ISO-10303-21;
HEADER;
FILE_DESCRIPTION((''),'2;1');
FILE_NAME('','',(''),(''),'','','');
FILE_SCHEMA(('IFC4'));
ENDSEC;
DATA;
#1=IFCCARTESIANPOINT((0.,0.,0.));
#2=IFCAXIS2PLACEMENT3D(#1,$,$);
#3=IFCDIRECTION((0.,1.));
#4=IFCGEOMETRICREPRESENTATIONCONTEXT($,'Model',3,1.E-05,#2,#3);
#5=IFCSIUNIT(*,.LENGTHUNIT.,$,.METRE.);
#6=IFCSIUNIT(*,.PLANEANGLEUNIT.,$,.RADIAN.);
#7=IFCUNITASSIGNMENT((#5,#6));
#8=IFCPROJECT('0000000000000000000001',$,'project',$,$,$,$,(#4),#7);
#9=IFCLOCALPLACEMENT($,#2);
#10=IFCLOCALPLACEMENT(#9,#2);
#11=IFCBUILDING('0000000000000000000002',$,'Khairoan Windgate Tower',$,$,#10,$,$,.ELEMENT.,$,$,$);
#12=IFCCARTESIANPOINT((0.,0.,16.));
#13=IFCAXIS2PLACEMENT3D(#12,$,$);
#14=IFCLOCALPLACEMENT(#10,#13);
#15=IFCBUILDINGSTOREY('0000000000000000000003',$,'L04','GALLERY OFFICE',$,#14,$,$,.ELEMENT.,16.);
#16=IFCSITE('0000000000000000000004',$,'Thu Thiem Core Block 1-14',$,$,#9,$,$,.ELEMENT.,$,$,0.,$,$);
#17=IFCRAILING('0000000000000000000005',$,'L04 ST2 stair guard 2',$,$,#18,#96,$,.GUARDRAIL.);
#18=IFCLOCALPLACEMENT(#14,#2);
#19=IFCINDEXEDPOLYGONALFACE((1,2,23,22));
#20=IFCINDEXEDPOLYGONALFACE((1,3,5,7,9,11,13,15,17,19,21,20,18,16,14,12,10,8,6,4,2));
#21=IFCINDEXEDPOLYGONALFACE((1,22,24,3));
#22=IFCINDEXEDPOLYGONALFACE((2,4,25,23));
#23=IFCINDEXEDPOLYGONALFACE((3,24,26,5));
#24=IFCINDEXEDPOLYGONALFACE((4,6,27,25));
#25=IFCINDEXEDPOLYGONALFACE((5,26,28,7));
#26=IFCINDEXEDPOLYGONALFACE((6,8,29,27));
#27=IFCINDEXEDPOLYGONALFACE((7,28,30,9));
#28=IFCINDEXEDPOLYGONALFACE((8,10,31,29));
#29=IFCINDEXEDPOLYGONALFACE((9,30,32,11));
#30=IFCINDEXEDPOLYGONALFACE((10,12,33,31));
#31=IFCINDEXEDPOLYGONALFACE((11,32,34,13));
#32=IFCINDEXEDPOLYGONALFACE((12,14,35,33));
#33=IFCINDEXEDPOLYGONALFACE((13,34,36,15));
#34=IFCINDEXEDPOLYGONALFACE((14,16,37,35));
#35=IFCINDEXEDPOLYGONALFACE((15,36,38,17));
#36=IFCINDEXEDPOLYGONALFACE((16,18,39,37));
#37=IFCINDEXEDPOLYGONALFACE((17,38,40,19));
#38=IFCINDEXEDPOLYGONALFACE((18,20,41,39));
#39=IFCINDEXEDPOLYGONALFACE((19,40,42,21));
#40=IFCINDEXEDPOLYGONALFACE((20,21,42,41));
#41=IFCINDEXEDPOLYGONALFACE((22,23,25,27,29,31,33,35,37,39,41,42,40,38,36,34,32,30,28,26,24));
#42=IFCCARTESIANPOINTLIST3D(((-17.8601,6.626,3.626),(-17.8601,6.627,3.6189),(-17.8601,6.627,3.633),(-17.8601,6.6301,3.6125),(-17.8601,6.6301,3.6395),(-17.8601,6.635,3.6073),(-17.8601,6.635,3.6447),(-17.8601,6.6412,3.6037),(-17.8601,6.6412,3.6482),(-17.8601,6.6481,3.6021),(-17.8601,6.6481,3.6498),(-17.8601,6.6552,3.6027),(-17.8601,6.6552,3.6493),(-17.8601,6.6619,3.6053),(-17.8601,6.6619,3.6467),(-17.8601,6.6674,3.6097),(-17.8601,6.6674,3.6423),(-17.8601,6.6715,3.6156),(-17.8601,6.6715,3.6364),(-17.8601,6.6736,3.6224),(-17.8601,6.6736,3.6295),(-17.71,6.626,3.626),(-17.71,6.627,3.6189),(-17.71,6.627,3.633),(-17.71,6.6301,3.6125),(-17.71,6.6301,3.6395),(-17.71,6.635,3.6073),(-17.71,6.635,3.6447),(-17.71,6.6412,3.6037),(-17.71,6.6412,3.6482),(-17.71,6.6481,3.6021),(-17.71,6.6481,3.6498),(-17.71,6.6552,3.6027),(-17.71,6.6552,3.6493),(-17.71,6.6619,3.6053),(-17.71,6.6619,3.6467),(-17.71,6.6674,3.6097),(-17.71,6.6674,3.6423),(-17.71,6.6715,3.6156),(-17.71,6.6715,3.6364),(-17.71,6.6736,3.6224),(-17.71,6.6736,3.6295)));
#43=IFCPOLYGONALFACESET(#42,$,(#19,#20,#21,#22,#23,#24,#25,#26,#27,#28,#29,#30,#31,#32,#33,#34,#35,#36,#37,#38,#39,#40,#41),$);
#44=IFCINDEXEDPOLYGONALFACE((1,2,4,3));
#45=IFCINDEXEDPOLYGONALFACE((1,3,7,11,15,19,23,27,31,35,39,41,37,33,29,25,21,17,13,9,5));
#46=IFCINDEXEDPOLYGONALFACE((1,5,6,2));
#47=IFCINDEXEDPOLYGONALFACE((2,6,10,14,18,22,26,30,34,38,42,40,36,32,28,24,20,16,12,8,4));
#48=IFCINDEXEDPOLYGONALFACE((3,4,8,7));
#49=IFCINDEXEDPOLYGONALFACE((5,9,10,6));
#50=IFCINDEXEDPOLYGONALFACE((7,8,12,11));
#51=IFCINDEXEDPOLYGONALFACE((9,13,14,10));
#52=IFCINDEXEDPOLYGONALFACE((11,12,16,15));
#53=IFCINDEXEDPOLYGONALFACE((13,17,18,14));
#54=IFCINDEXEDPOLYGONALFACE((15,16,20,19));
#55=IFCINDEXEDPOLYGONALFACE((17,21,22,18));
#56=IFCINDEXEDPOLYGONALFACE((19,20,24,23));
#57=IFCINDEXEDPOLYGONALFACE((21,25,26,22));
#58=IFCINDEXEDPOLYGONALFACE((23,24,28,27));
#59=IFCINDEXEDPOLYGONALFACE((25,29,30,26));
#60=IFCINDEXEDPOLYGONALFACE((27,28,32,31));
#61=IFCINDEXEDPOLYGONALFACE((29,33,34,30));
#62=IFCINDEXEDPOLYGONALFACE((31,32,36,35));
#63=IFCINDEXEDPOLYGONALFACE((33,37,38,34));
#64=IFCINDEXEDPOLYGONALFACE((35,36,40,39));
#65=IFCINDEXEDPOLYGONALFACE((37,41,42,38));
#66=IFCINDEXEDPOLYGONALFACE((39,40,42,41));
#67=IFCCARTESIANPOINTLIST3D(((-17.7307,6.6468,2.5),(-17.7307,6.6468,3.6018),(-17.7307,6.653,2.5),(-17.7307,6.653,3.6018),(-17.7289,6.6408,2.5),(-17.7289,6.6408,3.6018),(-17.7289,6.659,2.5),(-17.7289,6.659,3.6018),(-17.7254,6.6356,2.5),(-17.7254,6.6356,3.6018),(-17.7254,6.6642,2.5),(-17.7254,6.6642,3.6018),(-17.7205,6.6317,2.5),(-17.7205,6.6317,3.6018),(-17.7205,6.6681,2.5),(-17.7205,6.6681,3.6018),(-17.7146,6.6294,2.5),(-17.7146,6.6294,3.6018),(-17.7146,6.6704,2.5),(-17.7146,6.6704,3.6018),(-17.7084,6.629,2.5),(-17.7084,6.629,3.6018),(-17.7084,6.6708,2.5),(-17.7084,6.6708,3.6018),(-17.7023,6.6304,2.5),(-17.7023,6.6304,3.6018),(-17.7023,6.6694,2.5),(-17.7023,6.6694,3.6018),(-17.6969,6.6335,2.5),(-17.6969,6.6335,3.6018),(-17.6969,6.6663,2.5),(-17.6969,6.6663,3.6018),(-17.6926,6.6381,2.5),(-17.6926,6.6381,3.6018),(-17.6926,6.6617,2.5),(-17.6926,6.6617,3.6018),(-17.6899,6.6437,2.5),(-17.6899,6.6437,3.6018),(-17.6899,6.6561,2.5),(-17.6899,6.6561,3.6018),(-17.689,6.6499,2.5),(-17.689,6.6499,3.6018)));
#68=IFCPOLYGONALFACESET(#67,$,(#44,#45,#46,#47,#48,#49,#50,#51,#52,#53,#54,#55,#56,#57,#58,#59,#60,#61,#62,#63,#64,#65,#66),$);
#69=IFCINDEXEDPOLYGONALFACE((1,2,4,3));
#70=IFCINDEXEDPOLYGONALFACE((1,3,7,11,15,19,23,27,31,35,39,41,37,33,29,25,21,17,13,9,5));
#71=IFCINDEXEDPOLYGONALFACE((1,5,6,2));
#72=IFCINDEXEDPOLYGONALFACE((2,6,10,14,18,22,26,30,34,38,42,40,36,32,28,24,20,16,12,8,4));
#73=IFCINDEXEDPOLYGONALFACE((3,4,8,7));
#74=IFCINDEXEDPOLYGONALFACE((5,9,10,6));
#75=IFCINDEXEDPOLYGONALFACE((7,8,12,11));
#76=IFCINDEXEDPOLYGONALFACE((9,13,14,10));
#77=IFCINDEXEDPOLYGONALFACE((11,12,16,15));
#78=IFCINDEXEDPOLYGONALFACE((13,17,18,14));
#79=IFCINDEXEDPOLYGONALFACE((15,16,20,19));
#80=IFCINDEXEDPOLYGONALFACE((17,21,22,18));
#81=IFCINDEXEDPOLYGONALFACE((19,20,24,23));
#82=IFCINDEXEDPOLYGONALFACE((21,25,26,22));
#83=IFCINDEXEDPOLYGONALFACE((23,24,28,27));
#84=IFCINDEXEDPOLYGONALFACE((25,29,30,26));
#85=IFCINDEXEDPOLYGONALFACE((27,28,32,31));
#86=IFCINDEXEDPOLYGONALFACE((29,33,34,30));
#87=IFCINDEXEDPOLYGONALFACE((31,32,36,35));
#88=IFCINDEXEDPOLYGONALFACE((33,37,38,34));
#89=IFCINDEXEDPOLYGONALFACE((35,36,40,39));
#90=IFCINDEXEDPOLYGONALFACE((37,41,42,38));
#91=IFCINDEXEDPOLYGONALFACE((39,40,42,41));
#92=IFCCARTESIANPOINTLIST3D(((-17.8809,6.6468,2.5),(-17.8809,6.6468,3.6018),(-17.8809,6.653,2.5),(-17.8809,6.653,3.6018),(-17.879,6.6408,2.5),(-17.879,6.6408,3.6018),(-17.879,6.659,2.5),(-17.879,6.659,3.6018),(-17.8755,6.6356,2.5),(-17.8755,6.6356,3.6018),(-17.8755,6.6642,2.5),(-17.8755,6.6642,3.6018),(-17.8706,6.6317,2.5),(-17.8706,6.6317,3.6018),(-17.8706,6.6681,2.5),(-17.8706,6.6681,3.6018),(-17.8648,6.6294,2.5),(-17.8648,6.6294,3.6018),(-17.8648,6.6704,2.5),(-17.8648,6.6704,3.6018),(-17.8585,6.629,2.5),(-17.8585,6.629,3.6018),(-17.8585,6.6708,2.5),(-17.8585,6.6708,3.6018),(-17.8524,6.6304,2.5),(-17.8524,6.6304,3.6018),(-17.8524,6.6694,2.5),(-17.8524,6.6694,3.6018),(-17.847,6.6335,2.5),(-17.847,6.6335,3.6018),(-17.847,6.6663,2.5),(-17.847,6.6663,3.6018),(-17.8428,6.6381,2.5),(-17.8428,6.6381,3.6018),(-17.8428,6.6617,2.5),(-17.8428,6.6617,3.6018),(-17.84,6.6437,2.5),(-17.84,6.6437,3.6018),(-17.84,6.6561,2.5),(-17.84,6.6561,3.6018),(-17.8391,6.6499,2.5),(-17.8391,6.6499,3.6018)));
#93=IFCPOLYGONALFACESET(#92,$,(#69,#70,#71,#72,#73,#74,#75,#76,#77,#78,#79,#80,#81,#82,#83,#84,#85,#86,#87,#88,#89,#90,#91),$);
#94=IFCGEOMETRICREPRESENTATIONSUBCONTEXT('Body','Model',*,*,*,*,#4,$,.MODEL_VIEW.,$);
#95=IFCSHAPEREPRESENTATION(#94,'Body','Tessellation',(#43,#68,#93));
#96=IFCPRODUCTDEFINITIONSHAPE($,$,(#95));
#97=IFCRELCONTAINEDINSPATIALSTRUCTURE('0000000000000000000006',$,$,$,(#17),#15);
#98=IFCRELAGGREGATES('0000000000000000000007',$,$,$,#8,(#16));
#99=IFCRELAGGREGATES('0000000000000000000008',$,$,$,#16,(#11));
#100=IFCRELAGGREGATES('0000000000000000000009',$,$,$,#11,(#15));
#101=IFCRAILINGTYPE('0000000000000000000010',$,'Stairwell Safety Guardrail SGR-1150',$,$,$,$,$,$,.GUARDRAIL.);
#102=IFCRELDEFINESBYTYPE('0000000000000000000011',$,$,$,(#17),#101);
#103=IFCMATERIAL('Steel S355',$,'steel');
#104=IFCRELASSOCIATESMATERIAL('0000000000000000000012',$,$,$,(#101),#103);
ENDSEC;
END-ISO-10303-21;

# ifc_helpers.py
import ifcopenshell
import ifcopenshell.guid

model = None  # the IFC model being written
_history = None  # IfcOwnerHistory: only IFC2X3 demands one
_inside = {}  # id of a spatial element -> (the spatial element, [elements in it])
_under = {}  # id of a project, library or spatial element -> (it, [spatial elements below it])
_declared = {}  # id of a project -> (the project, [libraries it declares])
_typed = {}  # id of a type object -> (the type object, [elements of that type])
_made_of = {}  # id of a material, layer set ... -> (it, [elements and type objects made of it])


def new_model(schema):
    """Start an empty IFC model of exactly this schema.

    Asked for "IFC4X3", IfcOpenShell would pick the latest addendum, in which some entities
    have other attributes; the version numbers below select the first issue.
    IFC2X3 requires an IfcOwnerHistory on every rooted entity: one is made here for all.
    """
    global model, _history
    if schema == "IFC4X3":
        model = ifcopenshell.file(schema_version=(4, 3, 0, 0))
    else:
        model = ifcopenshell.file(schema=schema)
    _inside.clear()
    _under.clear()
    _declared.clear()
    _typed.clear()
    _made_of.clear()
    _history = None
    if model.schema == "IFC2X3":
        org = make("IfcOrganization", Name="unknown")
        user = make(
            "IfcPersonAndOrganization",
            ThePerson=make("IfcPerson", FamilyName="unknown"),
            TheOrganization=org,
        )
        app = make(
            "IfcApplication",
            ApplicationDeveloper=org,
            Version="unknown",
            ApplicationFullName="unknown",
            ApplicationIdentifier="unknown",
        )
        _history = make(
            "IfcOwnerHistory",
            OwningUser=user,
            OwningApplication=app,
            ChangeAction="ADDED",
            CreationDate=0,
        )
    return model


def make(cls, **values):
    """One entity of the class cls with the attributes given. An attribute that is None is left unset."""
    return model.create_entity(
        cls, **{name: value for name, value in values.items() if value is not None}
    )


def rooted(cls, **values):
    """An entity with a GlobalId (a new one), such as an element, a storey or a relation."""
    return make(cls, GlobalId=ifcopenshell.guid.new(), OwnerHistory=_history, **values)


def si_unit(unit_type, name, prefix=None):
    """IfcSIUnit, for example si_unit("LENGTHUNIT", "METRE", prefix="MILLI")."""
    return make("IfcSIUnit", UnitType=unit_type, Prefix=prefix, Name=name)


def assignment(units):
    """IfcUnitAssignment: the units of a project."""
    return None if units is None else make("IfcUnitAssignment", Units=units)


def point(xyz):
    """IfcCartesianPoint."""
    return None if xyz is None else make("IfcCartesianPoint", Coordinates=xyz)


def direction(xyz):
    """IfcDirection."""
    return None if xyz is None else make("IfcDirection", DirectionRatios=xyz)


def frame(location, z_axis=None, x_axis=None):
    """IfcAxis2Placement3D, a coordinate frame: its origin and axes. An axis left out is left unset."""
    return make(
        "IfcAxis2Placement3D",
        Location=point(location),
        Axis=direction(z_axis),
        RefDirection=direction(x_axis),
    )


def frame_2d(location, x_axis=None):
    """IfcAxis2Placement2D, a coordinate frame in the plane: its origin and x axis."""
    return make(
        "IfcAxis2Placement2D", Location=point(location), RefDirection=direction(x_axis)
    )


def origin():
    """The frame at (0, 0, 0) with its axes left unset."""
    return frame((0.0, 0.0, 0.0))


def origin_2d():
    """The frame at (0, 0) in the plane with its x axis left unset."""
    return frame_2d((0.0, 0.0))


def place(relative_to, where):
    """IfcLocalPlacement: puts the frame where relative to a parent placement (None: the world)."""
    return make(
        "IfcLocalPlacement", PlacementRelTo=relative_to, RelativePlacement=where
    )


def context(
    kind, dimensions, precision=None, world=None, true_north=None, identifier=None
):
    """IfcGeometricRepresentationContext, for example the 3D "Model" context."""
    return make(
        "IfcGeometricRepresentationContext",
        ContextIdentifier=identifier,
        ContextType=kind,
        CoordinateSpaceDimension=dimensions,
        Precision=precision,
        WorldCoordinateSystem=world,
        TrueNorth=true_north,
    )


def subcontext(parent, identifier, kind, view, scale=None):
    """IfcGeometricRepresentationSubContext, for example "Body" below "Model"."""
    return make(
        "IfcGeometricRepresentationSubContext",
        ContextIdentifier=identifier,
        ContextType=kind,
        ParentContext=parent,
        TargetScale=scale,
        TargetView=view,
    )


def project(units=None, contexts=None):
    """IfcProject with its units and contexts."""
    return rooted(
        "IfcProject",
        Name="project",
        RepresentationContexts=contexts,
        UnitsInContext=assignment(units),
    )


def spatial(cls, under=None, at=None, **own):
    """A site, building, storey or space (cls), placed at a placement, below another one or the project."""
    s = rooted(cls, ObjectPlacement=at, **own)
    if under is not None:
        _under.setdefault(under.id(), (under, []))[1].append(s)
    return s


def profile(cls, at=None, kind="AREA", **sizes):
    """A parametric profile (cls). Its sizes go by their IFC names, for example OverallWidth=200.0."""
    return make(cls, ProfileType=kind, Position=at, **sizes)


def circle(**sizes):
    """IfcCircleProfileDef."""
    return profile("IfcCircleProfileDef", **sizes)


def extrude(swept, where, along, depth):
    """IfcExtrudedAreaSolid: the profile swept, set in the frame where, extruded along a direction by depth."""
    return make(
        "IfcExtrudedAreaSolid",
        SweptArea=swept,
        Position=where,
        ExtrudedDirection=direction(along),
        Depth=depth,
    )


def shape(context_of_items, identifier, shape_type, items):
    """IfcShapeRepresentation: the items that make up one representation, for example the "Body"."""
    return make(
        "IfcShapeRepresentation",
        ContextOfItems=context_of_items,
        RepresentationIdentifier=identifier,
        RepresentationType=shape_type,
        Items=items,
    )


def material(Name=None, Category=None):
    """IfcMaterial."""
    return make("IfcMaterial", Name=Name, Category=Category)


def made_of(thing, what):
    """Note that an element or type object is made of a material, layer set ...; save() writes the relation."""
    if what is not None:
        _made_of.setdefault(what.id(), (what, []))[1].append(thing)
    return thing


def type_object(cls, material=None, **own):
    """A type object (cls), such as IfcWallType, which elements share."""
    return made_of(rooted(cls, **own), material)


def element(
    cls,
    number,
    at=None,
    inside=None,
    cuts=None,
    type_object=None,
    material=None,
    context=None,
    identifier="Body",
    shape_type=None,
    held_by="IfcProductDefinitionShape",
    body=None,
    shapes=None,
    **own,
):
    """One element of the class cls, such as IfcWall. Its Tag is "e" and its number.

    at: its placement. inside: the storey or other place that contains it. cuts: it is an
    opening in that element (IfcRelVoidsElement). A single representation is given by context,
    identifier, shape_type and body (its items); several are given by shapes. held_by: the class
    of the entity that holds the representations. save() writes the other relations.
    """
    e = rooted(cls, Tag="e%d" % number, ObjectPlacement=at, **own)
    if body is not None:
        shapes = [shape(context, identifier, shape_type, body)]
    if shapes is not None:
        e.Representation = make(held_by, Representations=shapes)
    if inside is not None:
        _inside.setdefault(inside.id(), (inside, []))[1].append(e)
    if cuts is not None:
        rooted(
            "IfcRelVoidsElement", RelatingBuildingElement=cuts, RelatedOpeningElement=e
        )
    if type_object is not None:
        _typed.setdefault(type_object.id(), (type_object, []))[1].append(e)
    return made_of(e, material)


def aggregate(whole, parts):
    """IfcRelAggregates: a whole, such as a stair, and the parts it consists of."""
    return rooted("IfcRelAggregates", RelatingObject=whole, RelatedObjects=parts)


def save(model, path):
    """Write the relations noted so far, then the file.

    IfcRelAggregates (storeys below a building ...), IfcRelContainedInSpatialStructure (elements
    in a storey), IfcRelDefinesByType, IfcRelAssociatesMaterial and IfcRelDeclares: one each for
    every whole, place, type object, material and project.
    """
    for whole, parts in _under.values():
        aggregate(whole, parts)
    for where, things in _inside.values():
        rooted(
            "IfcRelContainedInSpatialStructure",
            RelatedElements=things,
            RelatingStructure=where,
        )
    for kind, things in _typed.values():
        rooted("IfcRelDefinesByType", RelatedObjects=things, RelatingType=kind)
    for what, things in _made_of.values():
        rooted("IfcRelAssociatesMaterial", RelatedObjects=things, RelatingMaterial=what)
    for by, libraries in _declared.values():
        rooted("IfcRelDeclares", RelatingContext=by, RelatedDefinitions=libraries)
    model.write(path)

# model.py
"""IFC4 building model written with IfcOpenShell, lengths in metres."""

from ifc_helpers import new_model, si_unit, direction, frame, origin, origin_2d, place, context, subcontext, project, spatial, circle, extrude, material, type_object, element, save


model = new_model("IFC4")

# Units and contexts
model_context = context("Model", 3, precision=1e-05, world=origin(), true_north=direction((0.0, 1.0)))
body_context = subcontext(model_context, "Body", "Model", "MODEL_VIEW")
ifc_project = project(units=[si_unit("LENGTHUNIT", "METRE"), si_unit("PLANEANGLEUNIT", "RADIAN")], contexts=[model_context])

# Site, building, storey
site_placement = place(None, origin())
site = spatial("IfcSite", under=ifc_project, at=site_placement, Name="Thu Thiem Core Block 1-14", CompositionType="ELEMENT", RefElevation=0.0)
building_placement = place(site_placement, origin())
building = spatial("IfcBuilding", under=site, at=building_placement, Name="Khairoan Windgate Tower", CompositionType="ELEMENT")
storey_placement = place(building_placement, frame((0.0, 0.0, 16.0)))
storey = spatial("IfcBuildingStorey", under=building, at=storey_placement, Name="L04", Description="GALLERY OFFICE", CompositionType="ELEMENT", Elevation=16.0)

# Railing
ifc_material_1 = material(Name="Steel S355", Category="steel")
railing_type_1 = type_object("IfcRailingType", Name="Stairwell Safety Guardrail SGR-1150", PredefinedType="GUARDRAIL", material=ifc_material_1)
railing_1_placement = place(storey_placement, frame((-17.71, 6.6499, 2.5)))
element("IfcRailing", 1, at=railing_1_placement, inside=storey, type_object=railing_type_1, Name="L04 ST2 stair guard 2", PredefinedType="GUARDRAIL", context=body_context, shape_type="SweptSolid", body=[
    extrude(circle(Radius=0.0239, at=origin_2d()), frame((0.0, 0.0, 1.126), z_axis=(-1.0, 0.0, 0.0), x_axis=(0.0, -1.0, 0.0)), (0.0, 0.0, 1.0), 0.1501),
    extrude(circle(Radius=0.021, at=origin_2d()), origin(), (0.0, 0.0, 1.0), 1.1018),
    extrude(circle(Radius=0.021, at=origin_2d()), frame((-0.1501, 0.0, 0.0)), (0.0, 0.0, 1.0), 1.1018),
])

save(model, "model.ifc")
